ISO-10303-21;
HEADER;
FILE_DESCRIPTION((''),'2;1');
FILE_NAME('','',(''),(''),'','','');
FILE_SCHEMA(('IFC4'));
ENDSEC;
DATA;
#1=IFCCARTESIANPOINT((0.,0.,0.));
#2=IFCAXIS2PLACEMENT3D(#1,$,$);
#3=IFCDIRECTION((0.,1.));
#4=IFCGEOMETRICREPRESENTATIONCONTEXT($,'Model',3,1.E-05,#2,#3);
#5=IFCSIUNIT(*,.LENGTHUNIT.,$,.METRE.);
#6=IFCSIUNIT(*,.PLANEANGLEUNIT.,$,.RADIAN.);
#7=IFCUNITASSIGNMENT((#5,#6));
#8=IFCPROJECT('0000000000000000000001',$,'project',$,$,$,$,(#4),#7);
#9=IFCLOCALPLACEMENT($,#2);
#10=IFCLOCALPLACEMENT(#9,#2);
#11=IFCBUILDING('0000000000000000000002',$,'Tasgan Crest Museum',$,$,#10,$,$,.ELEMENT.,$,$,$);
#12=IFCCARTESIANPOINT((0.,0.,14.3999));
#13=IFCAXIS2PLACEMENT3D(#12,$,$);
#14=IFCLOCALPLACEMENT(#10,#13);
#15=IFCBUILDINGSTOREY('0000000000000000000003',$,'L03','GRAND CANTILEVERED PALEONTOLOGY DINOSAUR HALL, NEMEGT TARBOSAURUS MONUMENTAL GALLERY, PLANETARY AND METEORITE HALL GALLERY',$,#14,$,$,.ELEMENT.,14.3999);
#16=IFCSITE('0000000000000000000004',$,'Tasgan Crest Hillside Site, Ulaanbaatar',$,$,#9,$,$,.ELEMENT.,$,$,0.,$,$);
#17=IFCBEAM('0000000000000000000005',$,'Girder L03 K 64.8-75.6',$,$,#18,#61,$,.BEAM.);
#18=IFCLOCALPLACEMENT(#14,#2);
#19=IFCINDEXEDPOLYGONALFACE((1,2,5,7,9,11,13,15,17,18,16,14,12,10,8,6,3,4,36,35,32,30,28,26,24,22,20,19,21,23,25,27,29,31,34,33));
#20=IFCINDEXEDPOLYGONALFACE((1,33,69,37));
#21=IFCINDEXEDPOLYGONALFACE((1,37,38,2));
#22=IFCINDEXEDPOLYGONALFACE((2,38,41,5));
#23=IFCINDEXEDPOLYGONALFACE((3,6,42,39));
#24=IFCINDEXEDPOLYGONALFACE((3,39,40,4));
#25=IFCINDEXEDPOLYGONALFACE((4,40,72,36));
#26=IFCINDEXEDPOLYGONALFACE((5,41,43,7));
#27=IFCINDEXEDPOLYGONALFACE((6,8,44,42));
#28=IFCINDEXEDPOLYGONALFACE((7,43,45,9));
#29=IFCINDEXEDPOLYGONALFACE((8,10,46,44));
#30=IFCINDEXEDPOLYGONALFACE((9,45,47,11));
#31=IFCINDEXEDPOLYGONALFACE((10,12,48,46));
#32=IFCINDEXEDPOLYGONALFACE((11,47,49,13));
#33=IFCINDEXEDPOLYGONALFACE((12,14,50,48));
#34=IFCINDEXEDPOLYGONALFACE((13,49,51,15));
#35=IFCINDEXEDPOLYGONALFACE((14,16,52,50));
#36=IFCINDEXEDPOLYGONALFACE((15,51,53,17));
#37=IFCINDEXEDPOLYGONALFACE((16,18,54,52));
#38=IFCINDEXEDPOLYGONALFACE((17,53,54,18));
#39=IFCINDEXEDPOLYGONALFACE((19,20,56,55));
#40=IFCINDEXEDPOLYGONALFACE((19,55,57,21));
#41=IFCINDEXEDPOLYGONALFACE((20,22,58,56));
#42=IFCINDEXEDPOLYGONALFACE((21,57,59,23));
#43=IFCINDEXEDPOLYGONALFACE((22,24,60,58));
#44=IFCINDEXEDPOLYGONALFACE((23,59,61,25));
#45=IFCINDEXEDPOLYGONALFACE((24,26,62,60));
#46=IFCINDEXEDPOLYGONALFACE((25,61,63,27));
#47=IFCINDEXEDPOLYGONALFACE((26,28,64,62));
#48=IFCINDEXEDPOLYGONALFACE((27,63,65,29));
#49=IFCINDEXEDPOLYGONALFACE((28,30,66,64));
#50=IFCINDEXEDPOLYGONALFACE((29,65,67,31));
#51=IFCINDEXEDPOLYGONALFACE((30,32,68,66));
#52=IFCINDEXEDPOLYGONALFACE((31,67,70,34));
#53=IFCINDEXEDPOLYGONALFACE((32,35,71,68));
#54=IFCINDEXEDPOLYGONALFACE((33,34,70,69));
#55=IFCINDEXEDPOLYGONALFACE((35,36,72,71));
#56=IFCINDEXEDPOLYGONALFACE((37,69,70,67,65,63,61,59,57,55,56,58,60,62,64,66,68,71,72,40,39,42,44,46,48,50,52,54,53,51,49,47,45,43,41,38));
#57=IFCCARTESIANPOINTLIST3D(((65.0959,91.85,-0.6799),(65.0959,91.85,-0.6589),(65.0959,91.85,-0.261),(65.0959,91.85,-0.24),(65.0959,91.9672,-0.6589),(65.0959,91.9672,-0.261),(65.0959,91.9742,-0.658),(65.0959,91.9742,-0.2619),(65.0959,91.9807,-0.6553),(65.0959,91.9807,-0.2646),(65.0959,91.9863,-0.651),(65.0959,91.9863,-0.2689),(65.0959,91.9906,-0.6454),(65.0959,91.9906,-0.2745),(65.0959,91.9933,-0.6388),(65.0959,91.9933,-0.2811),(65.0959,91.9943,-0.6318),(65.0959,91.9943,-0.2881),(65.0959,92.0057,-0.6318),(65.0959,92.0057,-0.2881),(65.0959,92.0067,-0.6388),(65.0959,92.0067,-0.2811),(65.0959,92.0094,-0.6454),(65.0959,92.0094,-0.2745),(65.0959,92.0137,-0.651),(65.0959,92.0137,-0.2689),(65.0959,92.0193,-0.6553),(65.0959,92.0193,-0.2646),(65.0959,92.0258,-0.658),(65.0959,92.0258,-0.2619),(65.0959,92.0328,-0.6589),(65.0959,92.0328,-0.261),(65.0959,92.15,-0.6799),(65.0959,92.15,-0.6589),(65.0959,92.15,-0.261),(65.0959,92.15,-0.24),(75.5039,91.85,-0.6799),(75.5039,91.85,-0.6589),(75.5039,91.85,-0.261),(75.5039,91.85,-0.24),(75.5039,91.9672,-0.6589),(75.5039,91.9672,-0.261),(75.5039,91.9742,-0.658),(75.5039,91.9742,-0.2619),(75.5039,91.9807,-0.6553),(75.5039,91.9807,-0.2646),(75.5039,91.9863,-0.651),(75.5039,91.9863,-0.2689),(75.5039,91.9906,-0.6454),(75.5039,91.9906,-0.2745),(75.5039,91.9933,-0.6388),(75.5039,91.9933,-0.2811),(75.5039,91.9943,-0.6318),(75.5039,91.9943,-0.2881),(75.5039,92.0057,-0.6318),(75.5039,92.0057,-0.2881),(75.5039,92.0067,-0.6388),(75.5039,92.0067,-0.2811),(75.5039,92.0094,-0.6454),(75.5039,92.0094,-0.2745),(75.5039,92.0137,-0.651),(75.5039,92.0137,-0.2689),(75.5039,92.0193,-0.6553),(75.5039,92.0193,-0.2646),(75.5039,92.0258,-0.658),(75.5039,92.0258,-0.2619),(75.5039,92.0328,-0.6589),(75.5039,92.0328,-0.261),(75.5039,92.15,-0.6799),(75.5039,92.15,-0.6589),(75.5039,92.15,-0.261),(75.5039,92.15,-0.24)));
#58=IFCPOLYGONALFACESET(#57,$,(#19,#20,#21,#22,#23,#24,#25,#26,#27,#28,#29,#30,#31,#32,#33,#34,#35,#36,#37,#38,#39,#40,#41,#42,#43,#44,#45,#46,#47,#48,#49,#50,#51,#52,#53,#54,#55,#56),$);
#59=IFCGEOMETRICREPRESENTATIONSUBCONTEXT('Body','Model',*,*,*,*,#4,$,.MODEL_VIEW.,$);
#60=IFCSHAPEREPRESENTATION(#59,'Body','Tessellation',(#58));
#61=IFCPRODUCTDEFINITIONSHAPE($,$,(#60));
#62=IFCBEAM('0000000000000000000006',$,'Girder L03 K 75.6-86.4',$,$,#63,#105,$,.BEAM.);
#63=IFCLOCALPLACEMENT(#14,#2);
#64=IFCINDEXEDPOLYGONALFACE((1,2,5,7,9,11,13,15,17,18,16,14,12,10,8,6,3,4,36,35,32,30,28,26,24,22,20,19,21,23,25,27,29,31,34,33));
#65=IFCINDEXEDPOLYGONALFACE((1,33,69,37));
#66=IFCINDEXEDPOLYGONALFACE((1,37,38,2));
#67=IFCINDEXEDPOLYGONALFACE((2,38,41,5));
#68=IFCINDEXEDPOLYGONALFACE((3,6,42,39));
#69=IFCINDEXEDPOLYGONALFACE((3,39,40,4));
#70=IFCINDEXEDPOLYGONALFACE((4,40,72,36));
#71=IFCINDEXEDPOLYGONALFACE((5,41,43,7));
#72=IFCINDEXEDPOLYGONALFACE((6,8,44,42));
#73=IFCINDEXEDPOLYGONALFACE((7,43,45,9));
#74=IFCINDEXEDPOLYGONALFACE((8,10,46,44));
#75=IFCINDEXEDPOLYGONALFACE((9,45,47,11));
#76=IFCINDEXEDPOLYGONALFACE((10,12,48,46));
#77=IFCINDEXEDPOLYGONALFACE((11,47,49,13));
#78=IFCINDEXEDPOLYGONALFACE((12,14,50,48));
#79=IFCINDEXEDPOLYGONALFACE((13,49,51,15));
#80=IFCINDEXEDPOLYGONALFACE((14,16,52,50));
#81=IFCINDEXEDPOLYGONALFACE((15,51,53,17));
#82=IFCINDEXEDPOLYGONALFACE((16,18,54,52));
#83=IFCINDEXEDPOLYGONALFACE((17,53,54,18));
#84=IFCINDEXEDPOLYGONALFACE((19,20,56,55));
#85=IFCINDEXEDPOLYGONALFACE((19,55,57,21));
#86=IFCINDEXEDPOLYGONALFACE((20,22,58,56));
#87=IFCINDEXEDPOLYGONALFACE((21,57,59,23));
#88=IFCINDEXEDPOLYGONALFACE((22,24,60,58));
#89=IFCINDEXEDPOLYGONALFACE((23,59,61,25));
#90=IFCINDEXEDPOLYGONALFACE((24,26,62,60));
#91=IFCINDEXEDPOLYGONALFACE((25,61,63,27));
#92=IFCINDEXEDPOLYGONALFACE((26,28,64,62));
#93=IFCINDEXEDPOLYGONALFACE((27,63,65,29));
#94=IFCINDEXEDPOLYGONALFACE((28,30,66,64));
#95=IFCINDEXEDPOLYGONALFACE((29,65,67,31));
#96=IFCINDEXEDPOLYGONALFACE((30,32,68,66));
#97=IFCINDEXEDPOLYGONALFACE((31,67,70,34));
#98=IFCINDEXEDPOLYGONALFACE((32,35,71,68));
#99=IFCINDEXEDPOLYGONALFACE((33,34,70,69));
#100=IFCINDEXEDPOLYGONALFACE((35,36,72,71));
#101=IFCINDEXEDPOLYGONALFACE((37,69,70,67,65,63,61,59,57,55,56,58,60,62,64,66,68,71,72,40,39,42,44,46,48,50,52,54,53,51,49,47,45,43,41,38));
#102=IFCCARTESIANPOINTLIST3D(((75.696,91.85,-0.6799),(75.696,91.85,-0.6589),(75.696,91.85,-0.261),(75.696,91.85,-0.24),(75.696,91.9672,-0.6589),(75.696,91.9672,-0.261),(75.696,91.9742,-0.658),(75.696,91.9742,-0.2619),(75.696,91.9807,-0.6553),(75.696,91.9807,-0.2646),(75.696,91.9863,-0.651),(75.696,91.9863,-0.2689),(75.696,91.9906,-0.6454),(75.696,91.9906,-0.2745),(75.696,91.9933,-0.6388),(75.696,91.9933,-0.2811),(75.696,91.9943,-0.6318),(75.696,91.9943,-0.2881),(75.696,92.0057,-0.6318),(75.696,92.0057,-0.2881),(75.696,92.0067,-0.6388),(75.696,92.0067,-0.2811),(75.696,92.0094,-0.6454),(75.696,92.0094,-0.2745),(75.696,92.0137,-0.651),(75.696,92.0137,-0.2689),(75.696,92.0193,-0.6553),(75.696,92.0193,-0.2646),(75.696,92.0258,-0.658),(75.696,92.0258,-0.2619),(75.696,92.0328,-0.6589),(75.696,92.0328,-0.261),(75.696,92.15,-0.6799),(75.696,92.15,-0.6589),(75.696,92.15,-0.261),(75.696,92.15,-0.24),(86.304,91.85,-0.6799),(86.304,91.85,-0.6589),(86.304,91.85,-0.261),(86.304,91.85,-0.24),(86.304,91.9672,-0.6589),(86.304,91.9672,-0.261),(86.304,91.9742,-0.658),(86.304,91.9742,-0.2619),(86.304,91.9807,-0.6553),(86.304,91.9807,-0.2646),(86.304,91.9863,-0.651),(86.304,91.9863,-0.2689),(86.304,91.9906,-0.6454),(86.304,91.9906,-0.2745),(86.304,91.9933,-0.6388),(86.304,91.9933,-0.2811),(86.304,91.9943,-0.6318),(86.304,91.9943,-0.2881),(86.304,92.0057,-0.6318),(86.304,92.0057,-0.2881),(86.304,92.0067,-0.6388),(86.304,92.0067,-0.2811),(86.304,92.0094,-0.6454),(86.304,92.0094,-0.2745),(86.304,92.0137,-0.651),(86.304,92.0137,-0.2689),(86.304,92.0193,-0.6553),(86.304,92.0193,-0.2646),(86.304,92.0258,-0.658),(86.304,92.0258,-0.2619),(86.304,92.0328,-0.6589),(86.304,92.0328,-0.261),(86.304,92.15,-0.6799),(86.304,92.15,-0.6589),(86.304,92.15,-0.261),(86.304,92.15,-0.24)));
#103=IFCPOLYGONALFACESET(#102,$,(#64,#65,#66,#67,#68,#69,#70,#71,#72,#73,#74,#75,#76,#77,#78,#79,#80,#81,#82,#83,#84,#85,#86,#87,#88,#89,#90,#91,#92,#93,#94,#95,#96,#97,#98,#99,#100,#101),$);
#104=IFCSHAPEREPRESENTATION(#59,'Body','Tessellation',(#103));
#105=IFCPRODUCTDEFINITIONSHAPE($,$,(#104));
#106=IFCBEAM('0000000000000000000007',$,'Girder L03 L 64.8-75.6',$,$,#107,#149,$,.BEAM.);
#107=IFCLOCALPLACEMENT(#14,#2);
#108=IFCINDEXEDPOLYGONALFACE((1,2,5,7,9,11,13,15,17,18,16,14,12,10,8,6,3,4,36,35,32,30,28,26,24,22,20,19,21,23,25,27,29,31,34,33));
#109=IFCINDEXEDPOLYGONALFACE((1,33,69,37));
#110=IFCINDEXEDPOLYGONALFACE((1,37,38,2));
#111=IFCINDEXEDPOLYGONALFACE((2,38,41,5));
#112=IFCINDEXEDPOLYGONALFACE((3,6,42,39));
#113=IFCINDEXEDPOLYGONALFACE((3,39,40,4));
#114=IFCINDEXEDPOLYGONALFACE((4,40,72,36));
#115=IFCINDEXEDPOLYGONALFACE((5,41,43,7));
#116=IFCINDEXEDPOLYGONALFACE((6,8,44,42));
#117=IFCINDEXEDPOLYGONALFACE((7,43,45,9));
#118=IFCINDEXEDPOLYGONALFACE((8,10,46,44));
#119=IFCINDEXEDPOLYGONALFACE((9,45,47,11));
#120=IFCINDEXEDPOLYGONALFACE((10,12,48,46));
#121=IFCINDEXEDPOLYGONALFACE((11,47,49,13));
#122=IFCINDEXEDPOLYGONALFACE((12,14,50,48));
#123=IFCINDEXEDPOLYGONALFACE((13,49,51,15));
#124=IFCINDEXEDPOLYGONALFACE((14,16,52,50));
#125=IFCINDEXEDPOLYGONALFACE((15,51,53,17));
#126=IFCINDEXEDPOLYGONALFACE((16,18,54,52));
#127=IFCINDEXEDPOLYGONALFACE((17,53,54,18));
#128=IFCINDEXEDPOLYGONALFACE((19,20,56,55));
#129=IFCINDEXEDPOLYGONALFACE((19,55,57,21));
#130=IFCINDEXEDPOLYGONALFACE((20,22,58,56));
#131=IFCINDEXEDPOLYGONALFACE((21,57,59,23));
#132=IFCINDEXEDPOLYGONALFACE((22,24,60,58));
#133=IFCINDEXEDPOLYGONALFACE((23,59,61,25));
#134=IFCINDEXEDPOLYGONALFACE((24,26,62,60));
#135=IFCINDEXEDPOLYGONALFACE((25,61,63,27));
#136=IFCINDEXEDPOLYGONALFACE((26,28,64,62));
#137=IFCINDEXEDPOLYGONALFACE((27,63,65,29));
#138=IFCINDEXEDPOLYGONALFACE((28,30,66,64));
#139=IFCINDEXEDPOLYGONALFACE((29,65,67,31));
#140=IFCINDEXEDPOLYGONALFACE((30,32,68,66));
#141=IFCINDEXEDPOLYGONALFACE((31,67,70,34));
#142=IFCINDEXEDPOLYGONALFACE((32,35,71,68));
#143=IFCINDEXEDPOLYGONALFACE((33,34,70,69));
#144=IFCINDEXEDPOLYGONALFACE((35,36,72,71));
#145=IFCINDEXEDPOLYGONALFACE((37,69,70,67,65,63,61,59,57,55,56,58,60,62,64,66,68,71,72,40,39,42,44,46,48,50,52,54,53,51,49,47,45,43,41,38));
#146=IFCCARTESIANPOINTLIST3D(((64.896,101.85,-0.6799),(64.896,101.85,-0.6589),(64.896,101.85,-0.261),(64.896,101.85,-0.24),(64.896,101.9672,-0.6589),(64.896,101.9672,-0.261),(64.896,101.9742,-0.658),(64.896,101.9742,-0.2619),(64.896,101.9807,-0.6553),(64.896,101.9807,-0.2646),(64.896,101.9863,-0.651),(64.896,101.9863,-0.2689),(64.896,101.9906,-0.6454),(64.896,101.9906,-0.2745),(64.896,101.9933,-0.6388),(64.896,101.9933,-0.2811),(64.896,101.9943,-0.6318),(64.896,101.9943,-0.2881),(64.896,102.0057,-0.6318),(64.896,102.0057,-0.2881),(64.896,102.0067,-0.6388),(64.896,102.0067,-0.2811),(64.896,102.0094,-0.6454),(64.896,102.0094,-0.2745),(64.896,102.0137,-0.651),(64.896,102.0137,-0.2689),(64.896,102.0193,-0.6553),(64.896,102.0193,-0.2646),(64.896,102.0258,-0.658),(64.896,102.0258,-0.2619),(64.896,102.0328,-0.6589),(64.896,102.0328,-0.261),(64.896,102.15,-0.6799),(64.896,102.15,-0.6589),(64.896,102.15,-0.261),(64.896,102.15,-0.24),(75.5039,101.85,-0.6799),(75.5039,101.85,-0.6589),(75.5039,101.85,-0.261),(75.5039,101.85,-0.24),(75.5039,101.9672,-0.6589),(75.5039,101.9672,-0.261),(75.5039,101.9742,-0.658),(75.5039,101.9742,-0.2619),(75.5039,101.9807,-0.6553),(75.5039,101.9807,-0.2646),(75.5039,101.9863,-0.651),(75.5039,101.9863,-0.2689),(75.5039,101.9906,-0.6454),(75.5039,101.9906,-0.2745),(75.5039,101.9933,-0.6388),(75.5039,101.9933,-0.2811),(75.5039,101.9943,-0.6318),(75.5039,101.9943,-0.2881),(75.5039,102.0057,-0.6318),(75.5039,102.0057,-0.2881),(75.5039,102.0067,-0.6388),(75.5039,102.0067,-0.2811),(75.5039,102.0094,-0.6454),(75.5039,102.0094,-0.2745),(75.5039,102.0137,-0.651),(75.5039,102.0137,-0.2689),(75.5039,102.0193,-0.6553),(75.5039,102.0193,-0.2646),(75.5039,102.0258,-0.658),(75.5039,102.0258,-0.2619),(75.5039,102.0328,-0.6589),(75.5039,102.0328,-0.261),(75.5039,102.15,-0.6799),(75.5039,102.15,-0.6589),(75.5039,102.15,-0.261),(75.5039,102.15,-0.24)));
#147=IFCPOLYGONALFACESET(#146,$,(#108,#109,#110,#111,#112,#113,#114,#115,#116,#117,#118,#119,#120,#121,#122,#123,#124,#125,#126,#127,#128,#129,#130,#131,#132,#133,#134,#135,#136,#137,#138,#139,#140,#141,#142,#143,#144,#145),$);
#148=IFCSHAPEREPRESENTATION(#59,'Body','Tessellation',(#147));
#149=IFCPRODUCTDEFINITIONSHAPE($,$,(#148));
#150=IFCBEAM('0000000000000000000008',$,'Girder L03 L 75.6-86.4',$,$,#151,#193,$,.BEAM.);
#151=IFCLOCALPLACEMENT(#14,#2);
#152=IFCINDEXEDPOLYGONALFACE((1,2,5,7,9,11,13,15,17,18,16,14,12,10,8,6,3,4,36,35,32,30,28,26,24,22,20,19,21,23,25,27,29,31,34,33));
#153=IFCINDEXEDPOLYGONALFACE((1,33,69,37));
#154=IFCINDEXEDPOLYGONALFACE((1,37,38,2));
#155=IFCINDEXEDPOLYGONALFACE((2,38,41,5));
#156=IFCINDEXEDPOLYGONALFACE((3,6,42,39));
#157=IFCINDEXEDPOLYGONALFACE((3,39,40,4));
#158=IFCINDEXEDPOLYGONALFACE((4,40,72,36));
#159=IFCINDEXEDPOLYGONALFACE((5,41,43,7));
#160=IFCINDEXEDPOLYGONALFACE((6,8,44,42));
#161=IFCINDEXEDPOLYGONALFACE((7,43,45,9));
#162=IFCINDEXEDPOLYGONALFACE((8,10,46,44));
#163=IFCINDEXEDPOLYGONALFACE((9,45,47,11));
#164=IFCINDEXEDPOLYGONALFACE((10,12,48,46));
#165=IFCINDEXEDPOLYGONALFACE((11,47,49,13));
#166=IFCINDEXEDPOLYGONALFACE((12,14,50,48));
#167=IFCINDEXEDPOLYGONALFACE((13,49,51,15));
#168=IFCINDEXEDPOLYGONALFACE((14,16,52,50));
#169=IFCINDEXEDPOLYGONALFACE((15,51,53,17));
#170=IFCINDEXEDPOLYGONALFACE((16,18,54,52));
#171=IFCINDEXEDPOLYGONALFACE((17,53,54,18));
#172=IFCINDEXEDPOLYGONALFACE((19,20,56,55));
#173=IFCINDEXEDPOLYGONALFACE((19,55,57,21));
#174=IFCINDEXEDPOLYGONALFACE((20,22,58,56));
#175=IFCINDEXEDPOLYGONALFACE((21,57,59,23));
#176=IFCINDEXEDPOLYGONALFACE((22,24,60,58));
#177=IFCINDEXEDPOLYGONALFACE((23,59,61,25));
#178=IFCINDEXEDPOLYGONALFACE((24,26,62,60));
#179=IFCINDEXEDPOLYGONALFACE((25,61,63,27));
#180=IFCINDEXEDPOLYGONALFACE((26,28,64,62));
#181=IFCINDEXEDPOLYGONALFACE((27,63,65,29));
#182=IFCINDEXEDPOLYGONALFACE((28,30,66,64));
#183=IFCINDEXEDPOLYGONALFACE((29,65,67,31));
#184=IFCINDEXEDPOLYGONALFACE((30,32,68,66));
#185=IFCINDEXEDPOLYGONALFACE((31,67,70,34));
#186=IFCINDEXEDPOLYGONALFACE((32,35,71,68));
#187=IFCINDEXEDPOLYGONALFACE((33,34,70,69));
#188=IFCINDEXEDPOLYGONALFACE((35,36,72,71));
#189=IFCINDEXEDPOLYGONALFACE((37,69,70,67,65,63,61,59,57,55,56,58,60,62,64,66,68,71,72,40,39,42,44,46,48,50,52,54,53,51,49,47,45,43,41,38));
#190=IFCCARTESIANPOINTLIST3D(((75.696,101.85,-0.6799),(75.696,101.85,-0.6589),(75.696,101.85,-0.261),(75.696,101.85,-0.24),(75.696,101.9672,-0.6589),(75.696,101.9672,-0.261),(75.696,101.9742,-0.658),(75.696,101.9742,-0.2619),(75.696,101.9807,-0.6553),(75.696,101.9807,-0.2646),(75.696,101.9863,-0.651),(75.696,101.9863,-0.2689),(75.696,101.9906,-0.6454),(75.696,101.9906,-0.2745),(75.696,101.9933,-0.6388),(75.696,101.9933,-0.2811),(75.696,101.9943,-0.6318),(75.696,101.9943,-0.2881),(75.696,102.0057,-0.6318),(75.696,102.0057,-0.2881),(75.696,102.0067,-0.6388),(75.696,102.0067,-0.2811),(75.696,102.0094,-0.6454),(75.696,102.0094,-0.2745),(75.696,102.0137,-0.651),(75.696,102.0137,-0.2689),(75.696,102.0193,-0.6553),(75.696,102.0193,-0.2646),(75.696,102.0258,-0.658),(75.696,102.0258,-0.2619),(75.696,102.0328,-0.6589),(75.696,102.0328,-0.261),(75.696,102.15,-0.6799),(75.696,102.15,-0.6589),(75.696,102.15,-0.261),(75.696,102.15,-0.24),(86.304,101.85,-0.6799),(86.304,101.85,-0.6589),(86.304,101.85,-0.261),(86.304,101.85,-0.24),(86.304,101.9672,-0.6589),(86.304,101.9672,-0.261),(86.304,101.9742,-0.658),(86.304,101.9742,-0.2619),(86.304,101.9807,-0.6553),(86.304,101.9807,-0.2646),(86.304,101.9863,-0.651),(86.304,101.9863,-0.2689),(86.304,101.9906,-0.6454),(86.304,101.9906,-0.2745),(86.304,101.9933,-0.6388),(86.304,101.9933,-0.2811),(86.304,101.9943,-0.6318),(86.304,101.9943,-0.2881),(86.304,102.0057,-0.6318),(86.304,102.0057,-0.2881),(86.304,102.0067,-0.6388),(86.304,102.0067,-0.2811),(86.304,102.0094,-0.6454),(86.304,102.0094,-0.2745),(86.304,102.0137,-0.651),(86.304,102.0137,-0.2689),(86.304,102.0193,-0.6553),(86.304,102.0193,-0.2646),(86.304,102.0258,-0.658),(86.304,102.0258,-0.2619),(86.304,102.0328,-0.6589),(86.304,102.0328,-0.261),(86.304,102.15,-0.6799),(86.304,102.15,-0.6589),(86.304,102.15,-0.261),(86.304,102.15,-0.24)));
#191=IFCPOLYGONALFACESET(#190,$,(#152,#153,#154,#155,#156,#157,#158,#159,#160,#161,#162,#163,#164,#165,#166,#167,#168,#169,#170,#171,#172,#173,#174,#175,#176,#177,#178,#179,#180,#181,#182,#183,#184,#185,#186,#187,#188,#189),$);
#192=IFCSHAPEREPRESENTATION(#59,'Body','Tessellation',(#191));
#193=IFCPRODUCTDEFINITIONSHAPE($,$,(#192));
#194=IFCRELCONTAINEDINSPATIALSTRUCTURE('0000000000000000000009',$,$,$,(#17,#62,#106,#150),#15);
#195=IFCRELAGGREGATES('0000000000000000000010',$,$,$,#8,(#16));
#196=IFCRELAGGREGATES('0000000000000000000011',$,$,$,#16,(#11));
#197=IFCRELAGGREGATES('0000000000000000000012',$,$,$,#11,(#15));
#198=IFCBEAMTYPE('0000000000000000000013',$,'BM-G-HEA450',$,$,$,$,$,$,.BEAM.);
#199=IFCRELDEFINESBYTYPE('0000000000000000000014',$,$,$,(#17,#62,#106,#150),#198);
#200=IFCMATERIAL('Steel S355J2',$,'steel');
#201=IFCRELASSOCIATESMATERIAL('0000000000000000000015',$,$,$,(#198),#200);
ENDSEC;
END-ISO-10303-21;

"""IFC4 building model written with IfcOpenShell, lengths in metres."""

from ifc_helpers import new_model, si_unit, direction, frame, origin, origin_2d, place, context, subcontext, project, spatial, i_section, extrude, material, material_profile, profile_set, type_object, element, save


model = new_model("IFC4")

# Units and contexts
model_context = context("Model", 3, precision=1e-05, world=origin(), true_north=direction((0.0, 1.0)))
body_context = subcontext(model_context, "Body", "Model", "MODEL_VIEW")
ifc_project = project(units=[si_unit("LENGTHUNIT", "METRE"), si_unit("PLANEANGLEUNIT", "RADIAN")], contexts=[model_context])

# Site, building, storey
site_placement = place(None, origin())
site = spatial("IfcSite", under=ifc_project, at=site_placement, Name="Tasgan Crest Hillside Site, Ulaanbaatar", CompositionType="ELEMENT", RefElevation=0.0)
building_placement = place(site_placement, origin())
building = spatial("IfcBuilding", under=site, at=building_placement, Name="Tasgan Crest Museum", CompositionType="ELEMENT")
storey_placement = place(building_placement, frame((0.0, 0.0, 14.3999)))
storey = spatial("IfcBuildingStorey", under=building, at=storey_placement, Name="L03", Description="GRAND CANTILEVERED PALEONTOLOGY DINOSAUR HALL, NEMEGT TARBOSAURUS MONUMENTAL GALLERY, PLANETARY AND METEORITE HALL GALLERY", CompositionType="ELEMENT", Elevation=14.3999)

# Beams
ifc_material_1 = material(Name="Steel S355J2", Category="steel")
ifc_material_profile_1 = material_profile(ifc_material_1, i_section(OverallWidth=0.3, OverallDepth=0.4399, WebThickness=0.0115, FlangeThickness=0.021, FilletRadius=0.0271, at=origin_2d()), Name="HEA 450")
ifc_profile_set_1 = profile_set([ifc_material_profile_1], Name="Steel S355J2")
beam_type_1 = type_object("IfcBeamType", Name="BM-G-HEA450", PredefinedType="BEAM", material=ifc_profile_set_1)
beam_1_placement = place(storey_placement, frame((65.0959, 92.0, -0.46), z_axis=(1.0, 0.0, 0.0), x_axis=(0.0, 1.0, 0.0)))
element("IfcBeam", 1, at=beam_1_placement, inside=storey, type_object=beam_type_1, Name="Girder L03 K 64.8-75.6", PredefinedType="BEAM", context=body_context, shape_type="SweptSolid", body=[
    extrude(i_section(OverallWidth=0.3, OverallDepth=0.4399, WebThickness=0.0115, FlangeThickness=0.021, FilletRadius=0.0271, at=origin_2d()), origin(), (0.0, 0.0, 1.0), 10.408),
])
for number, where, z_axis, x_axis, name in (
    (2, (75.696, 92.0, -0.46), (1.0, 0.0, 0.0), (0.0, 1.0, 0.0), "Girder L03 K 75.6-86.4"),
    (3, (64.896, 102.0, -0.46), (1.0, 0.0, 0.0), (0.0, 1.0, 0.0), "Girder L03 L 64.8-75.6"),
    (4, (75.696, 102.0, -0.46), (1.0, 0.0, 0.0), (0.0, 1.0, 0.0), "Girder L03 L 75.6-86.4"),
):
    element("IfcBeam", number, at=place(storey_placement, frame(where, z_axis=z_axis, x_axis=x_axis)), inside=storey, type_object=beam_type_1, Name=name, PredefinedType="BEAM", context=body_context, shape_type="SweptSolid", body=[
        extrude(i_section(OverallWidth=0.3, OverallDepth=0.4399, WebThickness=0.0115, FlangeThickness=0.021, FilletRadius=0.0271, at=origin_2d()), origin(), (0.0, 0.0, 1.0), 10.6079),
    ])

save(model, "model.ifc")
